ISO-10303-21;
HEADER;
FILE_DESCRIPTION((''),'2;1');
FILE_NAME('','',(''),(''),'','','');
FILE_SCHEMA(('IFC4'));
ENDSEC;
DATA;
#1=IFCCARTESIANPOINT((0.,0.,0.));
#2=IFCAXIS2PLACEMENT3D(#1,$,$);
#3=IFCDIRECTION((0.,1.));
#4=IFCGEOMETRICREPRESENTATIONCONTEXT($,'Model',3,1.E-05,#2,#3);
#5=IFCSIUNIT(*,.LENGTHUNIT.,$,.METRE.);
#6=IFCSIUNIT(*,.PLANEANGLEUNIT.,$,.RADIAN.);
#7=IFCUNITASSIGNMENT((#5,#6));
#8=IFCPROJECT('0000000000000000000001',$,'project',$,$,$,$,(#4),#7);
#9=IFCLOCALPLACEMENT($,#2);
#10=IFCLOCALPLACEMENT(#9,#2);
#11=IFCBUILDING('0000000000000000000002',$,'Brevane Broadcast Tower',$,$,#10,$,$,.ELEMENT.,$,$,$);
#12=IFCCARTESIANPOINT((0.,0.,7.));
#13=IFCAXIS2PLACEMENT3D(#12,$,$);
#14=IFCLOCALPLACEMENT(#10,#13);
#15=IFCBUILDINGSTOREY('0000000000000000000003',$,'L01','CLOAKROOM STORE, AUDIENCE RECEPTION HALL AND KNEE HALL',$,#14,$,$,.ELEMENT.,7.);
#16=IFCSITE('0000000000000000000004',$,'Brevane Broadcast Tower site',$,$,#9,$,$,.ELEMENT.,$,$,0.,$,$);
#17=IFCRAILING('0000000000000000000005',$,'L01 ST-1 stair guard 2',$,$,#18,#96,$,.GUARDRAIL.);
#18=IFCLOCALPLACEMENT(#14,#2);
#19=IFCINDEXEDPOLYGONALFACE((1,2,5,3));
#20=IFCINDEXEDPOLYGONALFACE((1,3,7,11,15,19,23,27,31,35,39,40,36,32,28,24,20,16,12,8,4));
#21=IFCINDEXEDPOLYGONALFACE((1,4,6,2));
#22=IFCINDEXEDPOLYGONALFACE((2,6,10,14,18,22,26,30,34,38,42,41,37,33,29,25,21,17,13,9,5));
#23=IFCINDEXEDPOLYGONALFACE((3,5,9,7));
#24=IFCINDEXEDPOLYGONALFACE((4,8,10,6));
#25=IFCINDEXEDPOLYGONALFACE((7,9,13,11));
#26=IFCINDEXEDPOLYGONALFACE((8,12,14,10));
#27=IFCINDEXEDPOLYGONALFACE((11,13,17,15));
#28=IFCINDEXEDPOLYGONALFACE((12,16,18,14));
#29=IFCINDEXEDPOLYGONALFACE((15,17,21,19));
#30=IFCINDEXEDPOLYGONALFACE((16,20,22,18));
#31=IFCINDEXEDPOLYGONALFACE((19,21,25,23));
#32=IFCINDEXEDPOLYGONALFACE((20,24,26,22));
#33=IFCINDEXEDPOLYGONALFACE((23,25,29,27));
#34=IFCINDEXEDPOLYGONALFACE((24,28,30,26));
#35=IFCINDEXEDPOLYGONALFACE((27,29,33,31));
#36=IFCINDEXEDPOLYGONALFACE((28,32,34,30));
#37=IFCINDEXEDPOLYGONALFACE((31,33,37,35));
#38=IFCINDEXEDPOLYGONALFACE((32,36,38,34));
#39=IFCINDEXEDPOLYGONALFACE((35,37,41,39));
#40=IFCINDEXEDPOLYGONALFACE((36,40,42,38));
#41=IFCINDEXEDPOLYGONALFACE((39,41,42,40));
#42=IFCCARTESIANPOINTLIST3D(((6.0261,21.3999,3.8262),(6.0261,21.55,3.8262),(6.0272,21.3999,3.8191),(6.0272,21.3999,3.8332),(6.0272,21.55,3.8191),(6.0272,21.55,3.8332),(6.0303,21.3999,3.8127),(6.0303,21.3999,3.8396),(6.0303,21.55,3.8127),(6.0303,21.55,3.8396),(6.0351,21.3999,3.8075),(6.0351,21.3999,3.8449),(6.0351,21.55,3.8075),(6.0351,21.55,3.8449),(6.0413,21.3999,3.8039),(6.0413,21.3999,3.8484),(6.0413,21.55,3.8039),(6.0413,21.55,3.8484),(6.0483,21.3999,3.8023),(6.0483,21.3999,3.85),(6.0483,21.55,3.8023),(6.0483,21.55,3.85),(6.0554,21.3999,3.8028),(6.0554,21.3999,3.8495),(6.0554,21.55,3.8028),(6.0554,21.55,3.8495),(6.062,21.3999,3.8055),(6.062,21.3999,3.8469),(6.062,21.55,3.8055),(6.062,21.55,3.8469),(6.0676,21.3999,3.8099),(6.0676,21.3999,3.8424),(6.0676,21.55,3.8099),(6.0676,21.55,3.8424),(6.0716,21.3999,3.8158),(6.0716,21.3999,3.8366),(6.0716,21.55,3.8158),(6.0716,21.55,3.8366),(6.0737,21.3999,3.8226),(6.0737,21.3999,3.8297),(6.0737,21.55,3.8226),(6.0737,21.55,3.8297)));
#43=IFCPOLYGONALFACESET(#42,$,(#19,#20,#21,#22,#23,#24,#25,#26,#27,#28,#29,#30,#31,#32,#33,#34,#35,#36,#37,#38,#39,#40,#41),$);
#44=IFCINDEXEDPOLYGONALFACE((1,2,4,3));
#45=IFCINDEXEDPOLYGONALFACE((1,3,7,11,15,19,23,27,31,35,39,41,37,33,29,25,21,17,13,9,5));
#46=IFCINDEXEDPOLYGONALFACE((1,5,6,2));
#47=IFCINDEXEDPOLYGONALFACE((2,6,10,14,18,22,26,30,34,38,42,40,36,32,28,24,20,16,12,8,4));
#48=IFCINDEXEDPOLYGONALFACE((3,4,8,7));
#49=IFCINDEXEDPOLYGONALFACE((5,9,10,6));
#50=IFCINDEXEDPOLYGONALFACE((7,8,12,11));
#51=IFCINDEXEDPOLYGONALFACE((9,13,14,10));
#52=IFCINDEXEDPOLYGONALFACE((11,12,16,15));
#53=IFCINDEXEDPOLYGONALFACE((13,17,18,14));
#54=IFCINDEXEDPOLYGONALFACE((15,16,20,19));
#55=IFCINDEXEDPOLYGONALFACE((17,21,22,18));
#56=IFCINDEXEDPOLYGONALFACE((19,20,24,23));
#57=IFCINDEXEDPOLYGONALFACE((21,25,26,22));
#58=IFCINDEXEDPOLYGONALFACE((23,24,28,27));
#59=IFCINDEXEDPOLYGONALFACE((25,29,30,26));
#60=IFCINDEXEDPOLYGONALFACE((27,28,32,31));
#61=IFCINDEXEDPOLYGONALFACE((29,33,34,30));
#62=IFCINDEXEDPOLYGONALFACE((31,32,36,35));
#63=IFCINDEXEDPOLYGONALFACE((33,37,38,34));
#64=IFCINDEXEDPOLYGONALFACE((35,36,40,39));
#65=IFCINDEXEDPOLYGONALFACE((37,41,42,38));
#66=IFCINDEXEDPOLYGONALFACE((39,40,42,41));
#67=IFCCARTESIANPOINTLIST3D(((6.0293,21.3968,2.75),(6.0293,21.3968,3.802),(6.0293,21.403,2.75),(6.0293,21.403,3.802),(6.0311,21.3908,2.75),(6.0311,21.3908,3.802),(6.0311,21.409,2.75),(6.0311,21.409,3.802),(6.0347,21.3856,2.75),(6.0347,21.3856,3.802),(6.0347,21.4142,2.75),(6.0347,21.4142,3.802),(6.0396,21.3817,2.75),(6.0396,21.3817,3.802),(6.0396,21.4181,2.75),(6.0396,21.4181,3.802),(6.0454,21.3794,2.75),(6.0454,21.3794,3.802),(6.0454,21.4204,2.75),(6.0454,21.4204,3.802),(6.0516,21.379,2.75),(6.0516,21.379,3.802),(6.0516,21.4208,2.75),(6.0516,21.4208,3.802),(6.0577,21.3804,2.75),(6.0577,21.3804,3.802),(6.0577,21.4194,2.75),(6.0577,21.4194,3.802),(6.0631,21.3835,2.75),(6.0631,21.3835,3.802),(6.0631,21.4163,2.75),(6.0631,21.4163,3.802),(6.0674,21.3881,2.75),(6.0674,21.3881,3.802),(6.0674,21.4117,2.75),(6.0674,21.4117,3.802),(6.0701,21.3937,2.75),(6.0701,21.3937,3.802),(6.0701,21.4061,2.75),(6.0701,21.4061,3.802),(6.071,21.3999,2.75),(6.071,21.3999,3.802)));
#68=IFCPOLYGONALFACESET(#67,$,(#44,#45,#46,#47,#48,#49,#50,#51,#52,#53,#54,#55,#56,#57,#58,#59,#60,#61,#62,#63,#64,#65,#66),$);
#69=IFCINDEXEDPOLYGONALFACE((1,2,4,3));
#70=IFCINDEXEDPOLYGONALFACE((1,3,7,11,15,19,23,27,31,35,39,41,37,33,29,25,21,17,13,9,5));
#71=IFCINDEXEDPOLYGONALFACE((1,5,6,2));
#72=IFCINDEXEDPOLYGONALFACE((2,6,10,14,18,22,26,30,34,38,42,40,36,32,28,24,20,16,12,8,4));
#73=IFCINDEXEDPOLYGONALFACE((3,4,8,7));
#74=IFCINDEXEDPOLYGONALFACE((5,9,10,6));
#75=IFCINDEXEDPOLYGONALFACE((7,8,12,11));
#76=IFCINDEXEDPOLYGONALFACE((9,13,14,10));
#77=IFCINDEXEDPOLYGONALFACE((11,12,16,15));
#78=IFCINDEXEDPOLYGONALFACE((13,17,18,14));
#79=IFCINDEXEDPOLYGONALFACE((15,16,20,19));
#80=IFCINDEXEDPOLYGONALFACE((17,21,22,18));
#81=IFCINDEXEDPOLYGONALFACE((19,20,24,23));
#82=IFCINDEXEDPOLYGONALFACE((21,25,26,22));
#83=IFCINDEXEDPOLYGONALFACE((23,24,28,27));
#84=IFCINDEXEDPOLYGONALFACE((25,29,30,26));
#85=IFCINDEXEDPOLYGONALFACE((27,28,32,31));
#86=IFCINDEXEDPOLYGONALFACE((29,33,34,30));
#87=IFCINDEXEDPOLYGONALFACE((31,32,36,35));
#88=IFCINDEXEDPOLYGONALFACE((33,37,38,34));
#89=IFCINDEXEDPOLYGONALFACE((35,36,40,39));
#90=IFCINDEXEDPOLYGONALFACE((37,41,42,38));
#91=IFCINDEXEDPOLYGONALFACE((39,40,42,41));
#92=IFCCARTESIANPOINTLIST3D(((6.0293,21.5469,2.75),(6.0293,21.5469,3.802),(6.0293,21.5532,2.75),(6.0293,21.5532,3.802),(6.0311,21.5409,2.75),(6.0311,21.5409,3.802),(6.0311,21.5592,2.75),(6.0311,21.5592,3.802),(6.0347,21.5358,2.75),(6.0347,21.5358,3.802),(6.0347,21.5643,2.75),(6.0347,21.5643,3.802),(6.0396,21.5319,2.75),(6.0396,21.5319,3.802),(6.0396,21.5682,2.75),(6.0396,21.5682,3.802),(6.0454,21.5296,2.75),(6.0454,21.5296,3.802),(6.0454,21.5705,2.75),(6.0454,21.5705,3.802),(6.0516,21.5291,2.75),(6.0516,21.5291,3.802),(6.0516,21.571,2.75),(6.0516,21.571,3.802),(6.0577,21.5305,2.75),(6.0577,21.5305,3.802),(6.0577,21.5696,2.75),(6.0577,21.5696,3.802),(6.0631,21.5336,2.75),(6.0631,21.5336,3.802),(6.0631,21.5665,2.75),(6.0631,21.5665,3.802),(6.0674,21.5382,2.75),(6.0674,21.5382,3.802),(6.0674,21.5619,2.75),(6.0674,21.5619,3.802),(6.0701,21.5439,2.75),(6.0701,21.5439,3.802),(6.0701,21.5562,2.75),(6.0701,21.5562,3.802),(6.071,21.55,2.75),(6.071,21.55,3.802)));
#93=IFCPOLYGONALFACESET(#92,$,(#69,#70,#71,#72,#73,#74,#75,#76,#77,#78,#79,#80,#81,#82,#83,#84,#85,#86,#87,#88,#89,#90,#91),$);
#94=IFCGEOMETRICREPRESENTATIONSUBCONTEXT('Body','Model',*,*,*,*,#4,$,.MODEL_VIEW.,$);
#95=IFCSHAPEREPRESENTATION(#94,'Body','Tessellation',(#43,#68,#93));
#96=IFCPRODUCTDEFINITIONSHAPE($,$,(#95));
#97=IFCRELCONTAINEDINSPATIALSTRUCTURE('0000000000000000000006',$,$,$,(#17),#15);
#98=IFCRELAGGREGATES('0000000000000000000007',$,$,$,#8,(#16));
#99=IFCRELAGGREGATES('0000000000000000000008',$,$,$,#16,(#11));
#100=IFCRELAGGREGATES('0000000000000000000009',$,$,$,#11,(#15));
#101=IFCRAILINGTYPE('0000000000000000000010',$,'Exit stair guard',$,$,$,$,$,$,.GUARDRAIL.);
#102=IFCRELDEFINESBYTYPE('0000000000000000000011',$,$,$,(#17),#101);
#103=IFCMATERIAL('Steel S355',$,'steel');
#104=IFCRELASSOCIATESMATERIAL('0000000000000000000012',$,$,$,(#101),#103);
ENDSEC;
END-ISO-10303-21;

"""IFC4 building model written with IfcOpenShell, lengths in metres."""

from ifc_helpers import new_model, si_unit, direction, frame, origin, origin_2d, place, context, subcontext, project, spatial, circle, extrude, material, type_object, element, save


model = new_model("IFC4")

# Units and contexts
model_context = context("Model", 3, precision=1e-05, world=origin(), true_north=direction((0.0, 1.0)))
body_context = subcontext(model_context, "Body", "Model", "MODEL_VIEW")
ifc_project = project(units=[si_unit("LENGTHUNIT", "METRE"), si_unit("PLANEANGLEUNIT", "RADIAN")], contexts=[model_context])

# Site, building, storey
site_placement = place(None, origin())
site = spatial("IfcSite", under=ifc_project, at=site_placement, Name="Brevane Broadcast Tower site", CompositionType="ELEMENT", RefElevation=0.0)
building_placement = place(site_placement, origin())
building = spatial("IfcBuilding", under=site, at=building_placement, Name="Brevane Broadcast Tower", CompositionType="ELEMENT")
storey_placement = place(building_placement, frame((0.0, 0.0, 7.0)))
storey = spatial("IfcBuildingStorey", under=building, at=storey_placement, Name="L01", Description="CLOAKROOM STORE, AUDIENCE RECEPTION HALL AND KNEE HALL", CompositionType="ELEMENT", Elevation=7.0)

# Railing
ifc_material_1 = material(Name="Steel S355", Category="steel")
railing_type_1 = type_object("IfcRailingType", Name="Exit stair guard", PredefinedType="GUARDRAIL", material=ifc_material_1)
railing_1_placement = place(storey_placement, frame((6.05, 21.3999, 2.75)))
element("IfcRailing", 1, at=railing_1_placement, inside=storey, type_object=railing_type_1, Name="L01 ST-1 stair guard 2", PredefinedType="GUARDRAIL", context=body_context, shape_type="SweptSolid", body=[
    extrude(circle(Radius=0.0239, at=origin_2d()), frame((0.0, 0.0, 1.0762), z_axis=(0.0, 1.0, 0.0), x_axis=(-1.0, 0.0, 0.0)), (0.0, 0.0, 1.0), 0.1501),
    extrude(circle(Radius=0.021, at=origin_2d()), origin(), (0.0, 0.0, 1.0), 1.052),
    extrude(circle(Radius=0.021, at=origin_2d()), frame((0.0, 0.1501, 0.0)), (0.0, 0.0, 1.0), 1.052),
])

save(model, "model.ifc")
